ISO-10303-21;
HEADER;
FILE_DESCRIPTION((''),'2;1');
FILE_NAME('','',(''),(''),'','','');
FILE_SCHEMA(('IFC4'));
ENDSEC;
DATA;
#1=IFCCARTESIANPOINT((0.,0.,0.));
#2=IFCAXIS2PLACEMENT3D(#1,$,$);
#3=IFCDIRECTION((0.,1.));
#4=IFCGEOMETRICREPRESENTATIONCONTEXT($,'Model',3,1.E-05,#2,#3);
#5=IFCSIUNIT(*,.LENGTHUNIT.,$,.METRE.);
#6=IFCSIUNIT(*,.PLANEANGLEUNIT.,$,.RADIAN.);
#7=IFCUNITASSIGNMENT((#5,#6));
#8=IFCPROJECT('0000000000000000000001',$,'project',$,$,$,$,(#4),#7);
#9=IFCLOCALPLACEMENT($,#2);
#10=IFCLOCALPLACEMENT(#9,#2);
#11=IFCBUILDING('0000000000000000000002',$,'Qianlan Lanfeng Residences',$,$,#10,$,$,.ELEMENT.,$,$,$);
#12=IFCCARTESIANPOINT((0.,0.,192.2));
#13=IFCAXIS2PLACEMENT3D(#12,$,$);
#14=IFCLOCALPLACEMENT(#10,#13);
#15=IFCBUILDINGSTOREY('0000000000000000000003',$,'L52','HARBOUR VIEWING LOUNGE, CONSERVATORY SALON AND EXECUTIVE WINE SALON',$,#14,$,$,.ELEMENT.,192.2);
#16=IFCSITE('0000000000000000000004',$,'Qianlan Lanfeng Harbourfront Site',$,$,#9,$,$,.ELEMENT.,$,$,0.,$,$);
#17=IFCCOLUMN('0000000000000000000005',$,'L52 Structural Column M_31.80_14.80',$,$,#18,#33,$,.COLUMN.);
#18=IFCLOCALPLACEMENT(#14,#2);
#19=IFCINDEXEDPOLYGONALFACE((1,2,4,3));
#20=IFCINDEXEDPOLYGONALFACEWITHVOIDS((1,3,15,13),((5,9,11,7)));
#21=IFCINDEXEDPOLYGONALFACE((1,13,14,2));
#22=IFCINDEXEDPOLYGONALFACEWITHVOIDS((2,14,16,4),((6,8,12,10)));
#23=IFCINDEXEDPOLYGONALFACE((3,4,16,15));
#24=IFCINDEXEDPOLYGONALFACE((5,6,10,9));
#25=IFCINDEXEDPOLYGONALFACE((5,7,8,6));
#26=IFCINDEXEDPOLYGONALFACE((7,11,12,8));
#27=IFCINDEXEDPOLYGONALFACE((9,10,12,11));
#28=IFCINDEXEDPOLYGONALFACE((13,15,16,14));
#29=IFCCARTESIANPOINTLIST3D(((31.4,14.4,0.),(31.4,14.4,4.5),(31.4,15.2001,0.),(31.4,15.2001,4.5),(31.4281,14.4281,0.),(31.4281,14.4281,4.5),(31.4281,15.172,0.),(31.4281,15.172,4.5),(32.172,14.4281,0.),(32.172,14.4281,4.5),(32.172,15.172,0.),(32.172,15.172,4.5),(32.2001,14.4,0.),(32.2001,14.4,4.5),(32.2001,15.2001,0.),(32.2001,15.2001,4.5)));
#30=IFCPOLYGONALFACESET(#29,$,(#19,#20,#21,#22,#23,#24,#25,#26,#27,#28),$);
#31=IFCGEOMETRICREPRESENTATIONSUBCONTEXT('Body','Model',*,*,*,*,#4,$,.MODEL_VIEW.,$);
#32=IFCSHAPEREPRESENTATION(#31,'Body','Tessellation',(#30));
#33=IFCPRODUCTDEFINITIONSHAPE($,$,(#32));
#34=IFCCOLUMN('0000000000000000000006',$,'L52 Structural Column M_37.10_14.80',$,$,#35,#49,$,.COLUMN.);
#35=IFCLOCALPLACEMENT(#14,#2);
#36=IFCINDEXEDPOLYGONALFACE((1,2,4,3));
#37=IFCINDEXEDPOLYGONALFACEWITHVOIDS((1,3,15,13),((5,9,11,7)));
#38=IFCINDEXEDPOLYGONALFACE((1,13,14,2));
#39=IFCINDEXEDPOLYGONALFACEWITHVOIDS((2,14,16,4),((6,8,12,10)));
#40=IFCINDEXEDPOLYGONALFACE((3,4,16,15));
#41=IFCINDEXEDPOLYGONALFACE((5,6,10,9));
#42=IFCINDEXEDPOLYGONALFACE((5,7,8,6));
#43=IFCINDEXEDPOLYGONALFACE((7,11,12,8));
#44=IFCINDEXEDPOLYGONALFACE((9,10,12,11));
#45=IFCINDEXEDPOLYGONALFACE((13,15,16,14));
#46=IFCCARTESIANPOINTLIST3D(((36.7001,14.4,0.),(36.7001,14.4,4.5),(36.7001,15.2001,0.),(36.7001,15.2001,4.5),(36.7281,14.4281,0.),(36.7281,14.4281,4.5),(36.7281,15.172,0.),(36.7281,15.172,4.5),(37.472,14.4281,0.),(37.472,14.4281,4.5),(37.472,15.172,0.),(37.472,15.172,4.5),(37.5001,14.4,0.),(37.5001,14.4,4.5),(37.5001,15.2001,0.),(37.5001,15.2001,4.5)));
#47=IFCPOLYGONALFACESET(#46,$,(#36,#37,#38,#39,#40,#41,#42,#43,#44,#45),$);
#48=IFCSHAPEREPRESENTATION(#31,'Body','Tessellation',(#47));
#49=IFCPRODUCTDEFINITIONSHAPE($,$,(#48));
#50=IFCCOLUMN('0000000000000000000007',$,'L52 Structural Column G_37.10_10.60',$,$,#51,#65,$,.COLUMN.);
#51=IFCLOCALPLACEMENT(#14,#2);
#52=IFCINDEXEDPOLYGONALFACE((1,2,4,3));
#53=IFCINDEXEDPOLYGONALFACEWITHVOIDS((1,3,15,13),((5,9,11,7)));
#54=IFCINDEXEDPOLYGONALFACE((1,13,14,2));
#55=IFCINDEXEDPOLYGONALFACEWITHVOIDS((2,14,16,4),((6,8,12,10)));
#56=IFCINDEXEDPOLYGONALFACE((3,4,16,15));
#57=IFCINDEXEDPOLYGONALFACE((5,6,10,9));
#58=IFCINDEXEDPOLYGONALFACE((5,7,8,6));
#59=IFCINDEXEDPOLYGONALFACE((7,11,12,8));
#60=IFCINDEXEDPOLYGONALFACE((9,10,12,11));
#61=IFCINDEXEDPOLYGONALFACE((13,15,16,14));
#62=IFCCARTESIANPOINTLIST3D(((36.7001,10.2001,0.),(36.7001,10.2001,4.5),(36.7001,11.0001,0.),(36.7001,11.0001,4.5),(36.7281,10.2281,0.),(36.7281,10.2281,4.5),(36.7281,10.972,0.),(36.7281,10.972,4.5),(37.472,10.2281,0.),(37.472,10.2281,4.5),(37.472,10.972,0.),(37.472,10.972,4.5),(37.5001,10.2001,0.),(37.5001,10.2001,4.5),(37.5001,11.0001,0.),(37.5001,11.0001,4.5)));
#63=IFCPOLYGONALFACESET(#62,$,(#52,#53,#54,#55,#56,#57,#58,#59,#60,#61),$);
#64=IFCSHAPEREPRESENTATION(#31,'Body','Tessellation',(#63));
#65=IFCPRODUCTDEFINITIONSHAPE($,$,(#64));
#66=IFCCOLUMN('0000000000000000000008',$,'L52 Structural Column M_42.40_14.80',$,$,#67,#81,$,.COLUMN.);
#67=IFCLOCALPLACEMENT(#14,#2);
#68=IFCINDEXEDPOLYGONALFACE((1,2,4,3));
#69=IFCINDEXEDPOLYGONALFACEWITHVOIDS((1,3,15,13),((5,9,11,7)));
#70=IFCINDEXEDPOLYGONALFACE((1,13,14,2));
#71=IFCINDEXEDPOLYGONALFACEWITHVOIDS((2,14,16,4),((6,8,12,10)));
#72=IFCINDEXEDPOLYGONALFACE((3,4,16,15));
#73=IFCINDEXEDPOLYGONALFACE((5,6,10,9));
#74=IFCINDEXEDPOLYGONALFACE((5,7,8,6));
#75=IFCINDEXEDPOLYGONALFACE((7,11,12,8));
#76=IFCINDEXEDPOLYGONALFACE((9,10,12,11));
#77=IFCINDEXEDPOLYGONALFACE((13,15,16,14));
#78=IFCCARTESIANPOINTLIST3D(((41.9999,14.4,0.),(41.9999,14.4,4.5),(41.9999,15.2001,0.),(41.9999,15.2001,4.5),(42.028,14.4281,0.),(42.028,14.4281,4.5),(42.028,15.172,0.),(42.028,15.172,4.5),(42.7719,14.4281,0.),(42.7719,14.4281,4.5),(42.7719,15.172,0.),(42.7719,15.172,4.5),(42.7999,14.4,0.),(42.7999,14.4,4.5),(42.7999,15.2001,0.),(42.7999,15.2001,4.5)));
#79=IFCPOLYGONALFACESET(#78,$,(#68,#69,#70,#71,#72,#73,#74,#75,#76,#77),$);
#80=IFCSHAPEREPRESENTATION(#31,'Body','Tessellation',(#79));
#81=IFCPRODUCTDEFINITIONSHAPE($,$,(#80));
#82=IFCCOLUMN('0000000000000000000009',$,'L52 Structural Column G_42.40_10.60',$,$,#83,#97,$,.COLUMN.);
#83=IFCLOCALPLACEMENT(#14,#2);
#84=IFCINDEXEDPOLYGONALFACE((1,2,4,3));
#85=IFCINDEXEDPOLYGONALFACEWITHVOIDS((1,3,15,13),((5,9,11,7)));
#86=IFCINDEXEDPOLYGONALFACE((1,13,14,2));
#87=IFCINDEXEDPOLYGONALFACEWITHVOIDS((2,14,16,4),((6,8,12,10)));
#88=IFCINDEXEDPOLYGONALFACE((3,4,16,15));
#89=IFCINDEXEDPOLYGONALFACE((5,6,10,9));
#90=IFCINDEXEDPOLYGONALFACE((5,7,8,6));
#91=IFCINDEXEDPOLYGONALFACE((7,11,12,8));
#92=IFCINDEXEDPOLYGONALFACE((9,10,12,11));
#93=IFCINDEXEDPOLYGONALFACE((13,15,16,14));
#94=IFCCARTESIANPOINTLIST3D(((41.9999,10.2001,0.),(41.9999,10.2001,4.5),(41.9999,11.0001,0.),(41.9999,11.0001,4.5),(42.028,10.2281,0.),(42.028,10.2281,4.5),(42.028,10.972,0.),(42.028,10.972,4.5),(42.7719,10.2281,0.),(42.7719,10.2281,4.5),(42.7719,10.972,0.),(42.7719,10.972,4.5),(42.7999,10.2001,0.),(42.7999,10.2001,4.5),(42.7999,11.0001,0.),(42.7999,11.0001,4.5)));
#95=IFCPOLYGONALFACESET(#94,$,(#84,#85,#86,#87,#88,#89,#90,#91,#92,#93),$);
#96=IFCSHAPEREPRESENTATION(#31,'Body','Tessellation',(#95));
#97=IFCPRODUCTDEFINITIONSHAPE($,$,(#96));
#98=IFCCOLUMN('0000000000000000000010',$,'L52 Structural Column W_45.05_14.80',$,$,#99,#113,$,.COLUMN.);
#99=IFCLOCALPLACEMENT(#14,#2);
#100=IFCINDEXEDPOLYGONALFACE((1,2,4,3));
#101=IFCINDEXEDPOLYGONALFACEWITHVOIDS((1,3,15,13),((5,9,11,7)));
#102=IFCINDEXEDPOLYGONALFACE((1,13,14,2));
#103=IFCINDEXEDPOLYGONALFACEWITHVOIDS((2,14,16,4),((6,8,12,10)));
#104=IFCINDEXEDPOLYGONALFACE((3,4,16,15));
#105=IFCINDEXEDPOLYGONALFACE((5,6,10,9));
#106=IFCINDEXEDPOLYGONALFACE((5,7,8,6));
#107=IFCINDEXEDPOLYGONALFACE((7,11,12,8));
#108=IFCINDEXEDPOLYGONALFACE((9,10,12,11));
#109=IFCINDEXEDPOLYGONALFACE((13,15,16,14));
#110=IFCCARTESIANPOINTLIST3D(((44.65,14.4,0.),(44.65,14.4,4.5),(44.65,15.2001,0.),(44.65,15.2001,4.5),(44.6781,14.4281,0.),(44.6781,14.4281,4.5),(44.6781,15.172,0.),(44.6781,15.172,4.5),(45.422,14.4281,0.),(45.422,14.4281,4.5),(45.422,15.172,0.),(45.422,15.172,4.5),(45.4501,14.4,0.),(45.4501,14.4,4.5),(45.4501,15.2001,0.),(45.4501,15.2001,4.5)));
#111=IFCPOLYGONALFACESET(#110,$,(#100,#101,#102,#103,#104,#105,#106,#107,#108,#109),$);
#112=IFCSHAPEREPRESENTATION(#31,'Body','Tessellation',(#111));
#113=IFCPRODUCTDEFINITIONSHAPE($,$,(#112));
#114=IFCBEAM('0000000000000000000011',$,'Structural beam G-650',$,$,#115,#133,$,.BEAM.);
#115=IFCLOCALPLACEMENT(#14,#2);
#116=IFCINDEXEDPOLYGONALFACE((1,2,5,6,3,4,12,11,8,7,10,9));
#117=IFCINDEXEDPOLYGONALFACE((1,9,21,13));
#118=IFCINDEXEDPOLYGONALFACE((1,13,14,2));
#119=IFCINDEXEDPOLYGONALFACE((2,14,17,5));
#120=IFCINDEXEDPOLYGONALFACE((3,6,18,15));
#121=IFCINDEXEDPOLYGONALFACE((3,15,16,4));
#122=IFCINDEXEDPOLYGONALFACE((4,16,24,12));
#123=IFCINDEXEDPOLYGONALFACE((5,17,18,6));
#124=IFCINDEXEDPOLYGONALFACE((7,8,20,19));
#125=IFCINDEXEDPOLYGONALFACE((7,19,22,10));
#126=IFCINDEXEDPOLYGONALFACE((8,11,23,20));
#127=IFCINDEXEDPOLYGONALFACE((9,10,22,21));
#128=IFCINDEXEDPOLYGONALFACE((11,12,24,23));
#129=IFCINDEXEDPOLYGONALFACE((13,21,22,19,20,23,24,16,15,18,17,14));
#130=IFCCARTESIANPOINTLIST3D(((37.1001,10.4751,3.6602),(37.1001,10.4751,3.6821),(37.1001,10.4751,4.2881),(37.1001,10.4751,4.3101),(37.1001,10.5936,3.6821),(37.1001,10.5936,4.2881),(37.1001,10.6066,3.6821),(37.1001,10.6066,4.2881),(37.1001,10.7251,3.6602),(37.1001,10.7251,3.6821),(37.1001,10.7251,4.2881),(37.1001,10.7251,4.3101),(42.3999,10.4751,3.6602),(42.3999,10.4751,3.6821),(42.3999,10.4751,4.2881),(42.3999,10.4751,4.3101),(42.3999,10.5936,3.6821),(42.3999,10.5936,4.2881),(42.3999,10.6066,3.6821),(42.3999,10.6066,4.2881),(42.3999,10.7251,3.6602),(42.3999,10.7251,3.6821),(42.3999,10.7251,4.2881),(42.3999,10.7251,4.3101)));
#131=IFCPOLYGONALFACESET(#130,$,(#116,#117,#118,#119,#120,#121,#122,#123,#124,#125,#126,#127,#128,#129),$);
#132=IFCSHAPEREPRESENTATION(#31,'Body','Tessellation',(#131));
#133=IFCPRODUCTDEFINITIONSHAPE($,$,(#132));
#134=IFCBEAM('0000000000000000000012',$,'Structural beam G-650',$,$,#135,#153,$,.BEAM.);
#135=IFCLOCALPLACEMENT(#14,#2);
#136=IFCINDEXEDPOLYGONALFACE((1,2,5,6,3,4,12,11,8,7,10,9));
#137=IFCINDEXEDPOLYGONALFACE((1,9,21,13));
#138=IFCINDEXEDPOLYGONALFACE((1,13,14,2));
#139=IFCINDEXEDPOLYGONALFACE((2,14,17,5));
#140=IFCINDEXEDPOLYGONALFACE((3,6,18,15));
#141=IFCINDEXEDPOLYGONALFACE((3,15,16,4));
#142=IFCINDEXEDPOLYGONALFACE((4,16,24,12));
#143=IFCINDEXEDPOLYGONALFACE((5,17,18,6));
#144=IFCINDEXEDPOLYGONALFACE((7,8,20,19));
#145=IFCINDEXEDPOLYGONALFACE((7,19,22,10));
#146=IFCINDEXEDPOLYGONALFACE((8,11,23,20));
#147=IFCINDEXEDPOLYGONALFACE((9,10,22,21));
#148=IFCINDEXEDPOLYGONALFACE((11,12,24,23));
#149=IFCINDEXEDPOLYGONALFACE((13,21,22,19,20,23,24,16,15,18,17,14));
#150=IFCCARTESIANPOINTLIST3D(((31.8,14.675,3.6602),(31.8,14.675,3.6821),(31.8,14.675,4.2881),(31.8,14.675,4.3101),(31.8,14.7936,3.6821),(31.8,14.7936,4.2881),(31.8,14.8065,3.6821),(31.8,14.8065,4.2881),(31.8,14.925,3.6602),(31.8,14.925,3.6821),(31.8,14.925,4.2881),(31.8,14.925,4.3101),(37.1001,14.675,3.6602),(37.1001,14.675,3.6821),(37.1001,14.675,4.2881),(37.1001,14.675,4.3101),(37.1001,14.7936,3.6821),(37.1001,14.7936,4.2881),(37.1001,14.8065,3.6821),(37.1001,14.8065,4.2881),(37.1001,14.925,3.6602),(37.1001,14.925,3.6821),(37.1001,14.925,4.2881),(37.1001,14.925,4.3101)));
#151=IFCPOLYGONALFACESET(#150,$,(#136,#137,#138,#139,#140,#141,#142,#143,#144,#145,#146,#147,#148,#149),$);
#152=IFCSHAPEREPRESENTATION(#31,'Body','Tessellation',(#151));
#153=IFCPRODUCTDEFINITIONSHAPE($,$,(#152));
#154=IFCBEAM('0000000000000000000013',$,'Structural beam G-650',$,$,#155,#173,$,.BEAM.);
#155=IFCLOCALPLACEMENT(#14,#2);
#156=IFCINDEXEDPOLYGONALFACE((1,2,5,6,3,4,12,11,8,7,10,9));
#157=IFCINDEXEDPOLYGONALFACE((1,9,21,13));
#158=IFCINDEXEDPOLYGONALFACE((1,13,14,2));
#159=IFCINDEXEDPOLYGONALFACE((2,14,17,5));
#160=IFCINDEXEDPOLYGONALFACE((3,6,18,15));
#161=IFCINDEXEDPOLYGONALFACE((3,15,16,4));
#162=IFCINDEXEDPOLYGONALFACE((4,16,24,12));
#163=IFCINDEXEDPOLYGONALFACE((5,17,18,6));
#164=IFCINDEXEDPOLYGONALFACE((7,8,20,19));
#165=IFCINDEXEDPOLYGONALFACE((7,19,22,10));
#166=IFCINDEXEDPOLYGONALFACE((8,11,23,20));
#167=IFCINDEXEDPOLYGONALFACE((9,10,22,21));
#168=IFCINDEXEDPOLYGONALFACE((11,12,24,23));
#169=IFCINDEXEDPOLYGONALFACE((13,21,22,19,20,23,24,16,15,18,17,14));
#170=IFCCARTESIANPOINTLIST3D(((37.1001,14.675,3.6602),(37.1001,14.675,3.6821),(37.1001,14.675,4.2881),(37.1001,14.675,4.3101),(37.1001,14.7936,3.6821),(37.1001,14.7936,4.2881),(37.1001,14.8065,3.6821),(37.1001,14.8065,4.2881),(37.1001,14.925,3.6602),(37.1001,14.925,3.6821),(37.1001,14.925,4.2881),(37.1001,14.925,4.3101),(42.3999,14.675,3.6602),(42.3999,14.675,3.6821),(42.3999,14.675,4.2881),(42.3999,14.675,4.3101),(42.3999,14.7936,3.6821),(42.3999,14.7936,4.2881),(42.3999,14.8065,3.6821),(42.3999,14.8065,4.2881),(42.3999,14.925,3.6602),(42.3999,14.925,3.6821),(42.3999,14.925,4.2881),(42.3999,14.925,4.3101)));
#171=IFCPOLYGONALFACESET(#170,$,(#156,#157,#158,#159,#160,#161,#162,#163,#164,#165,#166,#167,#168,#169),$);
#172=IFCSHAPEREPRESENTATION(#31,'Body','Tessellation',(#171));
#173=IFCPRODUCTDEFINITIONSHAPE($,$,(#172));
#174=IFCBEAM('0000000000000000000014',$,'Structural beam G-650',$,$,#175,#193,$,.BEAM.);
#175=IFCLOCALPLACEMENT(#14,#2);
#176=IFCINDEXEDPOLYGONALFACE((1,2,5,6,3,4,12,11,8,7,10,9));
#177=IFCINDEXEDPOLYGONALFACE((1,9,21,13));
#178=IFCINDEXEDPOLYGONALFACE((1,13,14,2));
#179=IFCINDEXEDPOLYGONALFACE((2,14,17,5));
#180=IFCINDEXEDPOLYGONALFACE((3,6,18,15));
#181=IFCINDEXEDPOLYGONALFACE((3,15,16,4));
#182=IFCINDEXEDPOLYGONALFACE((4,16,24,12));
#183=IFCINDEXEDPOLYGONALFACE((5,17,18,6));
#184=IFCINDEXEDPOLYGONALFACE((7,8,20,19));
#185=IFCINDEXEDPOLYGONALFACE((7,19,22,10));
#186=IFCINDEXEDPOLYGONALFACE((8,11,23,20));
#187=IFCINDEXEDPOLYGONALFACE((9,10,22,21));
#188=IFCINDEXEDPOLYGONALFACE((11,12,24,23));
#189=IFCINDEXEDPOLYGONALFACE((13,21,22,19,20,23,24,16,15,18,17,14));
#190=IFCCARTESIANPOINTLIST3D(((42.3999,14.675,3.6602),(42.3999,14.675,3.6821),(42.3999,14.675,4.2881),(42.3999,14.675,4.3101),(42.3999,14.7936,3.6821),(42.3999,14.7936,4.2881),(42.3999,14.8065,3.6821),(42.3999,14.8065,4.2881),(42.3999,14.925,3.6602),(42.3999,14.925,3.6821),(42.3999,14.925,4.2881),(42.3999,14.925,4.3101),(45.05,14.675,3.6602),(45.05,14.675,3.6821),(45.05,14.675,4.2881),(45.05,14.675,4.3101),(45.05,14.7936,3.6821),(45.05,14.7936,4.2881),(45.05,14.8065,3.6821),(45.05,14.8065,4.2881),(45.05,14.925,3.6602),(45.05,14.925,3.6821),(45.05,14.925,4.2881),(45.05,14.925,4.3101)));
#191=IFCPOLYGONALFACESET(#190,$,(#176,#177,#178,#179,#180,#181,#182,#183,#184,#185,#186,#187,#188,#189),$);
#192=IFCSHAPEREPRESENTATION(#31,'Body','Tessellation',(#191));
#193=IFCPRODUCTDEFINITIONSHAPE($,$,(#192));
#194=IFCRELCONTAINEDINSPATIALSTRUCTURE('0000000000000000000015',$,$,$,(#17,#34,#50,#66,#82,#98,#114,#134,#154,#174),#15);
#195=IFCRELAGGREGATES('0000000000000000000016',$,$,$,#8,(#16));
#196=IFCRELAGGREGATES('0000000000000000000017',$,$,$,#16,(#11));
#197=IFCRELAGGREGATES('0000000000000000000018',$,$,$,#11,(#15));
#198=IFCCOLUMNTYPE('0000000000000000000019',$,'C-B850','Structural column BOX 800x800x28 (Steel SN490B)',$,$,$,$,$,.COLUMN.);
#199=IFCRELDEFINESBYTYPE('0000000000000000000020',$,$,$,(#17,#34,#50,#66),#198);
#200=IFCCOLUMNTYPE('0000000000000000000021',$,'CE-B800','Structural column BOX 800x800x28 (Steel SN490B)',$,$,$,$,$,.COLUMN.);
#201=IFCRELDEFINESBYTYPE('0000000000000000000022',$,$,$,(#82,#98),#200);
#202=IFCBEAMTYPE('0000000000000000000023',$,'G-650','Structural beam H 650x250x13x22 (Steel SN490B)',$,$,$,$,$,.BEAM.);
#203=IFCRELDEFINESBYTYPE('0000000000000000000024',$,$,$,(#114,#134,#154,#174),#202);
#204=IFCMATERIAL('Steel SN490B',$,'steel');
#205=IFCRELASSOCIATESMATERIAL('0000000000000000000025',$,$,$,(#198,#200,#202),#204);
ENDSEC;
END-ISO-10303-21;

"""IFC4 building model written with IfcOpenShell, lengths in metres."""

from ifc_helpers import new_model, si_unit, direction, frame, origin, origin_2d, place, context, subcontext, project, spatial, hollow_rectangle, i_section, extrude, material, material_profile, profile_set, type_object, element, save


model = new_model("IFC4")

# Units and contexts
model_context = context("Model", 3, precision=1e-05, world=origin(), true_north=direction((0.0, 1.0)))
body_context = subcontext(model_context, "Body", "Model", "MODEL_VIEW")
ifc_project = project(units=[si_unit("LENGTHUNIT", "METRE"), si_unit("PLANEANGLEUNIT", "RADIAN")], contexts=[model_context])

# Site, building, storey
site_placement = place(None, origin())
site = spatial("IfcSite", under=ifc_project, at=site_placement, Name="Qianlan Lanfeng Harbourfront Site", CompositionType="ELEMENT", RefElevation=0.0)
building_placement = place(site_placement, origin())
building = spatial("IfcBuilding", under=site, at=building_placement, Name="Qianlan Lanfeng Residences", CompositionType="ELEMENT")
storey_placement = place(building_placement, frame((0.0, 0.0, 192.2)))
storey = spatial("IfcBuildingStorey", under=building, at=storey_placement, Name="L52", Description="HARBOUR VIEWING LOUNGE, CONSERVATORY SALON AND EXECUTIVE WINE SALON", CompositionType="ELEMENT", Elevation=192.2)

# Columns
ifc_material_1 = material(Name="Steel SN490B", Category="steel")
ifc_material_profile_1 = material_profile(ifc_material_1, hollow_rectangle(XDim=0.8, YDim=0.8, WallThickness=0.0281, at=origin_2d()), Name="BOX 800x800x28")
ifc_profile_set_1 = profile_set([ifc_material_profile_1], Name="Steel SN490B")
column_type_1 = type_object("IfcColumnType", Name="C-B850", Description="Structural column BOX 800x800x28 (Steel SN490B)", PredefinedType="COLUMN", material=ifc_profile_set_1)
for number, where, z_axis, x_axis, name in (
    (1, (31.8, 14.8, 0.0), (0.0, 0.0, 1.0), (1.0, 0.0, 0.0), "L52 Structural Column M_31.80_14.80"),
    (2, (37.1001, 14.8, 0.0), (0.0, 0.0, 1.0), (1.0, 0.0, 0.0), "L52 Structural Column M_37.10_14.80"),
    (3, (37.1001, 10.6001, 0.0), (0.0, 0.0, 1.0), (1.0, 0.0, 0.0), "L52 Structural Column G_37.10_10.60"),
    (4, (42.3999, 14.8, 0.0), (0.0, 0.0, 1.0), (1.0, 0.0, 0.0), "L52 Structural Column M_42.40_14.80"),
):
    element("IfcColumn", number, at=place(storey_placement, frame(where, z_axis=z_axis, x_axis=x_axis)), inside=storey, type_object=column_type_1, Name=name, PredefinedType="COLUMN", context=body_context, shape_type="SweptSolid", body=[
        extrude(hollow_rectangle(XDim=0.8, YDim=0.8, WallThickness=0.0281, at=origin_2d()), origin(), (0.0, 0.0, 1.0), 4.5),
    ])
ifc_material_profile_2 = material_profile(ifc_material_1, hollow_rectangle(XDim=0.8, YDim=0.8, WallThickness=0.0281, at=origin_2d()), Name="BOX 800x800x28")
ifc_profile_set_2 = profile_set([ifc_material_profile_2], Name="Steel SN490B")
column_type_2 = type_object("IfcColumnType", Name="CE-B800", Description="Structural column BOX 800x800x28 (Steel SN490B)", PredefinedType="COLUMN", material=ifc_profile_set_2)
for number, where, z_axis, x_axis, name in (
    (5, (42.3999, 10.6001, 0.0), (0.0, 0.0, 1.0), (1.0, 0.0, 0.0), "L52 Structural Column G_42.40_10.60"),
    (6, (45.05, 14.8, 0.0), (0.0, 0.0, 1.0), (1.0, 0.0, 0.0), "L52 Structural Column W_45.05_14.80"),
):
    element("IfcColumn", number, at=place(storey_placement, frame(where, z_axis=z_axis, x_axis=x_axis)), inside=storey, type_object=column_type_2, Name=name, PredefinedType="COLUMN", context=body_context, shape_type="SweptSolid", body=[
        extrude(hollow_rectangle(XDim=0.8, YDim=0.8, WallThickness=0.0281, at=origin_2d()), origin(), (0.0, 0.0, 1.0), 4.5),
    ])

# Beams
ifc_material_profile_3 = material_profile(ifc_material_1, i_section(OverallWidth=0.25, OverallDepth=0.6499, WebThickness=0.0129, FlangeThickness=0.022, at=origin_2d()), Name="H 650x250x13x22")
ifc_profile_set_3 = profile_set([ifc_material_profile_3], Name="Steel SN490B")
beam_type_1 = type_object("IfcBeamType", Name="G-650", Description="Structural beam H 650x250x13x22 (Steel SN490B)", PredefinedType="BEAM", material=ifc_profile_set_3)
beam_1_placement = place(storey_placement, frame((37.1001, 10.6001, 3.9851), z_axis=(1.0, 0.0, 0.0), x_axis=(0.0, 1.0, 0.0)))
element("IfcBeam", 7, at=beam_1_placement, inside=storey, type_object=beam_type_1, Name="Structural beam G-650", PredefinedType="BEAM", context=body_context, shape_type="SweptSolid", body=[
    extrude(i_section(OverallWidth=0.25, OverallDepth=0.6499, WebThickness=0.0129, FlangeThickness=0.022, at=origin_2d()), origin(), (0.0, 0.0, 1.0), 5.2998),
])
beam_2_placement = place(storey_placement, frame((31.8, 14.8, 3.9851), z_axis=(1.0, 0.0, 0.0), x_axis=(0.0, 1.0, 0.0)))
element("IfcBeam", 8, at=beam_2_placement, inside=storey, type_object=beam_type_1, Name="Structural beam G-650", PredefinedType="BEAM", context=body_context, shape_type="SweptSolid", body=[
    extrude(i_section(OverallWidth=0.25, OverallDepth=0.6499, WebThickness=0.0129, FlangeThickness=0.022, at=origin_2d()), origin(), (0.0, 0.0, 1.0), 5.3),
])
beam_3_placement = place(storey_placement, frame((37.1001, 14.8, 3.9851), z_axis=(1.0, 0.0, 0.0), x_axis=(0.0, 1.0, 0.0)))
element("IfcBeam", 9, at=beam_3_placement, inside=storey, type_object=beam_type_1, Name="Structural beam G-650", PredefinedType="BEAM", context=body_context, shape_type="SweptSolid", body=[
    extrude(i_section(OverallWidth=0.25, OverallDepth=0.6499, WebThickness=0.0129, FlangeThickness=0.022, at=origin_2d()), origin(), (0.0, 0.0, 1.0), 5.2998),
])
beam_4_placement = place(storey_placement, frame((42.3999, 14.8, 3.9851), z_axis=(1.0, 0.0, 0.0), x_axis=(0.0, 1.0, 0.0)))
element("IfcBeam", 10, at=beam_4_placement, inside=storey, type_object=beam_type_1, Name="Structural beam G-650", PredefinedType="BEAM", context=body_context, shape_type="SweptSolid", body=[
    extrude(i_section(OverallWidth=0.25, OverallDepth=0.6499, WebThickness=0.0129, FlangeThickness=0.022, at=origin_2d()), origin(), (0.0, 0.0, 1.0), 2.6501),
])

save(model, "model.ifc")
